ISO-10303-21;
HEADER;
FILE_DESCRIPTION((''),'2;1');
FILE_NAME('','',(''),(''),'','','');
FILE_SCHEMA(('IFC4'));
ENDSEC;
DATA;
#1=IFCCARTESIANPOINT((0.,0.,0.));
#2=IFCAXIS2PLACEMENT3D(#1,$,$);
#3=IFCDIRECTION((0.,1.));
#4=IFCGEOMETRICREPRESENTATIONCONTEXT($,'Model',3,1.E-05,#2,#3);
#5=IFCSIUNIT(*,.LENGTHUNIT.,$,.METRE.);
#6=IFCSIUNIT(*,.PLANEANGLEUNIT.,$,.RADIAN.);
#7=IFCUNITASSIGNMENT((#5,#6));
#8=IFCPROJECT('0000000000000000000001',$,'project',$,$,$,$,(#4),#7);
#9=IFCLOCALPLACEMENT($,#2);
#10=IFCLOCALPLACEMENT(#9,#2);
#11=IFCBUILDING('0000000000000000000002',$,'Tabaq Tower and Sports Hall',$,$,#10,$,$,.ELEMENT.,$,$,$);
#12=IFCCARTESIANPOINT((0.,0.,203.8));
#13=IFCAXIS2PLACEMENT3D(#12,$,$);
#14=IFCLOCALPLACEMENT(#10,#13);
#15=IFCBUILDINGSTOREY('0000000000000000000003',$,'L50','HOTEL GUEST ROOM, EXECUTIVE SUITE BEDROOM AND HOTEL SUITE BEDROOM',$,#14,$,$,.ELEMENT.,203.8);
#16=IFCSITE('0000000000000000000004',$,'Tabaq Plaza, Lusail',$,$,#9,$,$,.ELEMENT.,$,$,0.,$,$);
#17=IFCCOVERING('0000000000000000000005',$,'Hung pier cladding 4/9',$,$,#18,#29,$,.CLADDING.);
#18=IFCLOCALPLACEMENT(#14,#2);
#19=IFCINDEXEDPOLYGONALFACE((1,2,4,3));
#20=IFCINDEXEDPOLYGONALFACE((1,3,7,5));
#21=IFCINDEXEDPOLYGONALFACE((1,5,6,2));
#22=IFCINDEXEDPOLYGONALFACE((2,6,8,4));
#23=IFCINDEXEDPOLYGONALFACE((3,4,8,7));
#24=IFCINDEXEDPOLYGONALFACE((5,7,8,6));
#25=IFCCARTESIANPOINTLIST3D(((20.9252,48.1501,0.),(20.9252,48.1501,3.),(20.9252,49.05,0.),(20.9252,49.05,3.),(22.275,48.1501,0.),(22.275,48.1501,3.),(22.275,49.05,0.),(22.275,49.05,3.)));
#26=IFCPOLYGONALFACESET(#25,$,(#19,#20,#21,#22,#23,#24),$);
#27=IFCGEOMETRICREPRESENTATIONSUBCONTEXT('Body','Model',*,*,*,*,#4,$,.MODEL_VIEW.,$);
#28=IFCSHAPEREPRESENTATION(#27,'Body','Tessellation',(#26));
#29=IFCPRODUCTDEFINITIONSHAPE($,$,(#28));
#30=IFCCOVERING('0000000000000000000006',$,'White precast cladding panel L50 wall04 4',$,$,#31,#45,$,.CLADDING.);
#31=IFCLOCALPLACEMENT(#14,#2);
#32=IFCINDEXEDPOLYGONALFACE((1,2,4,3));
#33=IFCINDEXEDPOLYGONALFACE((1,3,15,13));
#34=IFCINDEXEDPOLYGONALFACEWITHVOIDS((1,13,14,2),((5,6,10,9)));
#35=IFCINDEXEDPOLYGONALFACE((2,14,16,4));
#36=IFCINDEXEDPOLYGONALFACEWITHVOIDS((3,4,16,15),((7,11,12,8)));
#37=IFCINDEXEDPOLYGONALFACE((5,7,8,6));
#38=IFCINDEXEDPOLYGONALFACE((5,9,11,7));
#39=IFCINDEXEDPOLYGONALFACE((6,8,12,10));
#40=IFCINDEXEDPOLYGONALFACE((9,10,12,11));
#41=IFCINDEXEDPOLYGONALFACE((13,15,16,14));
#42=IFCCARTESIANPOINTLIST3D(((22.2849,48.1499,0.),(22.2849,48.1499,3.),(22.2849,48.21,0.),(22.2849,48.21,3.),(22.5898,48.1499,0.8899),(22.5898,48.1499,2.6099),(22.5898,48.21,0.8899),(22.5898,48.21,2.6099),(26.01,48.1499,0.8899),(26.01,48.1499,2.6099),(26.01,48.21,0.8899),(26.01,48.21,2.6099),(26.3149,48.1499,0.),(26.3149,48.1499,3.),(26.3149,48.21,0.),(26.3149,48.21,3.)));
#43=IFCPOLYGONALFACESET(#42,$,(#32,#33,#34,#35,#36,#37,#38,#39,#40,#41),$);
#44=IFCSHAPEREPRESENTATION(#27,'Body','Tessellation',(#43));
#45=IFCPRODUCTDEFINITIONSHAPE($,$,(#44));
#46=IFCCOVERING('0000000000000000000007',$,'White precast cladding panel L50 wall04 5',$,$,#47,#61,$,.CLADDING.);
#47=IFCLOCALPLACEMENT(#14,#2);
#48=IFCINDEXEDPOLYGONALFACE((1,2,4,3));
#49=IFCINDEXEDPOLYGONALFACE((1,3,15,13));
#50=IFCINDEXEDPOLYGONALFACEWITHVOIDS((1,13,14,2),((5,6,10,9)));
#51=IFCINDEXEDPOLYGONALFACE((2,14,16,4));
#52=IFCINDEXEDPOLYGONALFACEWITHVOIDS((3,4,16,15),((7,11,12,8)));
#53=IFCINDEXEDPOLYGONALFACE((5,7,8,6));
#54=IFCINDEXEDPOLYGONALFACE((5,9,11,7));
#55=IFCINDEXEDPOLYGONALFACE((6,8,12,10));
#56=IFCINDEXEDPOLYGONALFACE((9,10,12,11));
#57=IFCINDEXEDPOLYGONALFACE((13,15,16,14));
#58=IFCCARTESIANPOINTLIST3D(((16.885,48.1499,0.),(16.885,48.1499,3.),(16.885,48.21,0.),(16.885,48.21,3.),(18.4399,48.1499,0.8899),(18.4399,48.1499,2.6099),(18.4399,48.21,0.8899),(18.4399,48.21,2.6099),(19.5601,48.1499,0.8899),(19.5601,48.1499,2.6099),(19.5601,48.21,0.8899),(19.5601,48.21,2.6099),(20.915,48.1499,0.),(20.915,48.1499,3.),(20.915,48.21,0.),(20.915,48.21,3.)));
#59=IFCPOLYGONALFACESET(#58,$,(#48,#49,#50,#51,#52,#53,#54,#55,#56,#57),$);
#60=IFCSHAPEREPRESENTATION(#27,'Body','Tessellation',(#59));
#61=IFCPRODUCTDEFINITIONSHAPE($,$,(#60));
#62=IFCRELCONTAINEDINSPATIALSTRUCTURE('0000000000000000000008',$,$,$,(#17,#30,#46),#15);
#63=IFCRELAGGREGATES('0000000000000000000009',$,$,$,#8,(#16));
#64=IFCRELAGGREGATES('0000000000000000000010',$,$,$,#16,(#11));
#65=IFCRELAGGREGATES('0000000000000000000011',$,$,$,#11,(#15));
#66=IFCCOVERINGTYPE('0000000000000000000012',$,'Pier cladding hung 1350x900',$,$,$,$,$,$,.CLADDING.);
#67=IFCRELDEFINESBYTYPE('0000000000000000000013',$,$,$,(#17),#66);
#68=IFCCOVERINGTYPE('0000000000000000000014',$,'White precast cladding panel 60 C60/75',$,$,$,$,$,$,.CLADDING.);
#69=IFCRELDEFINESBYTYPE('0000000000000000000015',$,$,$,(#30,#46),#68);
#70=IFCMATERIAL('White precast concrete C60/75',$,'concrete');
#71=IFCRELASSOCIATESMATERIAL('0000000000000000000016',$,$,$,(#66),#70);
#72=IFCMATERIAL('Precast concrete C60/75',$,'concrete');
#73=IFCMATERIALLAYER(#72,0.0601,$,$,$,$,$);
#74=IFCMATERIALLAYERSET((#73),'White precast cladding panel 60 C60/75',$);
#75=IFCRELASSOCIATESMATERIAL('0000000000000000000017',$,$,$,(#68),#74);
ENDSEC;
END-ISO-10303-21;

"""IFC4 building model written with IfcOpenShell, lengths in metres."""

from ifc_helpers import new_model, si_unit, direction, frame, frame_2d, origin, place, context, subcontext, project, spatial, polyline, rectangle, outline, extrude, material, layer, layer_set, type_object, element, save


model = new_model("IFC4")

# Units and contexts
model_context = context("Model", 3, precision=1e-05, world=origin(), true_north=direction((0.0, 1.0)))
body_context = subcontext(model_context, "Body", "Model", "MODEL_VIEW")
ifc_project = project(units=[si_unit("LENGTHUNIT", "METRE"), si_unit("PLANEANGLEUNIT", "RADIAN")], contexts=[model_context])

# Site, building, storey
site_placement = place(None, origin())
site = spatial("IfcSite", under=ifc_project, at=site_placement, Name="Tabaq Plaza, Lusail", CompositionType="ELEMENT", RefElevation=0.0)
building_placement = place(site_placement, origin())
building = spatial("IfcBuilding", under=site, at=building_placement, Name="Tabaq Tower and Sports Hall", CompositionType="ELEMENT")
storey_placement = place(building_placement, frame((0.0, 0.0, 203.8)))
storey = spatial("IfcBuildingStorey", under=building, at=storey_placement, Name="L50", Description="HOTEL GUEST ROOM, EXECUTIVE SUITE BEDROOM AND HOTEL SUITE BEDROOM", CompositionType="ELEMENT", Elevation=203.8)

# Coverings
ifc_material_1 = material(Name="White precast concrete C60/75", Category="concrete")
covering_type_1 = type_object("IfcCoveringType", Name="Pier cladding hung 1350x900", PredefinedType="CLADDING", material=ifc_material_1)
covering_1_placement = place(storey_placement, frame((22.2749, 48.6001, 0.0), z_axis=(0.0, 0.0, 1.0), x_axis=(-1.0, 0.0, 0.0)))
element("IfcCovering", 1, at=covering_1_placement, inside=storey, type_object=covering_type_1, Name="Hung pier cladding 4/9", PredefinedType="CLADDING", context=body_context, shape_type="SweptSolid", body=[
    extrude(rectangle(XDim=1.3499, YDim=0.8999, at=frame_2d((0.6748, 0.0))), origin(), (0.0, 0.0, 1.0), 3.0),
])
ifc_material_2 = material(Name="Precast concrete C60/75", Category="concrete")
ifc_layer_1 = layer(ifc_material_2, 0.0601)
ifc_layer_set_1 = layer_set([ifc_layer_1], Name="White precast cladding panel 60 C60/75")
covering_type_2 = type_object("IfcCoveringType", Name="White precast cladding panel 60 C60/75", PredefinedType="CLADDING", material=ifc_layer_set_1)
covering_2_placement = place(storey_placement, frame((26.3149, 48.1799, 0.0), z_axis=(0.0, 0.0, 1.0), x_axis=(-1.0, 0.0, 0.0)))
element("IfcCovering", 2, at=covering_2_placement, inside=storey, type_object=covering_type_2, Name="White precast cladding panel L50 wall04 4", PredefinedType="CLADDING", context=body_context, shape_type="SweptSolid", body=[
    extrude(outline(polyline([(0.0, 0.0), (4.03, 0.0), (4.03, 3.0), (0.0, 3.0), (0.0, 0.0)]), holes=[polyline([(0.3049, 0.8899), (0.3049, 2.6099), (3.7251, 2.6099), (3.7251, 0.8899), (0.3049, 0.8899)])]), frame((0.0, 0.03, 0.0), z_axis=(0.0, -1.0, 0.0), x_axis=(1.0, 0.0, 0.0)), (0.0, 0.0, 1.0), 0.0601),
])
covering_3_placement = place(storey_placement, frame((20.915, 48.1799, 0.0), z_axis=(0.0, 0.0, 1.0), x_axis=(-1.0, 0.0, 0.0)))
element("IfcCovering", 3, at=covering_3_placement, inside=storey, type_object=covering_type_2, Name="White precast cladding panel L50 wall04 5", PredefinedType="CLADDING", context=body_context, shape_type="SweptSolid", body=[
    extrude(outline(polyline([(0.0, 0.0), (4.03, 0.0), (4.03, 3.0), (0.0, 3.0), (0.0, 0.0)]), holes=[polyline([(1.355, 0.8899), (1.355, 2.6099), (2.4751, 2.6099), (2.4751, 0.8899), (1.355, 0.8899)])]), frame((0.0, 0.03, 0.0), z_axis=(0.0, -1.0, 0.0), x_axis=(1.0, 0.0, 0.0)), (0.0, 0.0, 1.0), 0.0601),
])

save(model, "model.ifc")
